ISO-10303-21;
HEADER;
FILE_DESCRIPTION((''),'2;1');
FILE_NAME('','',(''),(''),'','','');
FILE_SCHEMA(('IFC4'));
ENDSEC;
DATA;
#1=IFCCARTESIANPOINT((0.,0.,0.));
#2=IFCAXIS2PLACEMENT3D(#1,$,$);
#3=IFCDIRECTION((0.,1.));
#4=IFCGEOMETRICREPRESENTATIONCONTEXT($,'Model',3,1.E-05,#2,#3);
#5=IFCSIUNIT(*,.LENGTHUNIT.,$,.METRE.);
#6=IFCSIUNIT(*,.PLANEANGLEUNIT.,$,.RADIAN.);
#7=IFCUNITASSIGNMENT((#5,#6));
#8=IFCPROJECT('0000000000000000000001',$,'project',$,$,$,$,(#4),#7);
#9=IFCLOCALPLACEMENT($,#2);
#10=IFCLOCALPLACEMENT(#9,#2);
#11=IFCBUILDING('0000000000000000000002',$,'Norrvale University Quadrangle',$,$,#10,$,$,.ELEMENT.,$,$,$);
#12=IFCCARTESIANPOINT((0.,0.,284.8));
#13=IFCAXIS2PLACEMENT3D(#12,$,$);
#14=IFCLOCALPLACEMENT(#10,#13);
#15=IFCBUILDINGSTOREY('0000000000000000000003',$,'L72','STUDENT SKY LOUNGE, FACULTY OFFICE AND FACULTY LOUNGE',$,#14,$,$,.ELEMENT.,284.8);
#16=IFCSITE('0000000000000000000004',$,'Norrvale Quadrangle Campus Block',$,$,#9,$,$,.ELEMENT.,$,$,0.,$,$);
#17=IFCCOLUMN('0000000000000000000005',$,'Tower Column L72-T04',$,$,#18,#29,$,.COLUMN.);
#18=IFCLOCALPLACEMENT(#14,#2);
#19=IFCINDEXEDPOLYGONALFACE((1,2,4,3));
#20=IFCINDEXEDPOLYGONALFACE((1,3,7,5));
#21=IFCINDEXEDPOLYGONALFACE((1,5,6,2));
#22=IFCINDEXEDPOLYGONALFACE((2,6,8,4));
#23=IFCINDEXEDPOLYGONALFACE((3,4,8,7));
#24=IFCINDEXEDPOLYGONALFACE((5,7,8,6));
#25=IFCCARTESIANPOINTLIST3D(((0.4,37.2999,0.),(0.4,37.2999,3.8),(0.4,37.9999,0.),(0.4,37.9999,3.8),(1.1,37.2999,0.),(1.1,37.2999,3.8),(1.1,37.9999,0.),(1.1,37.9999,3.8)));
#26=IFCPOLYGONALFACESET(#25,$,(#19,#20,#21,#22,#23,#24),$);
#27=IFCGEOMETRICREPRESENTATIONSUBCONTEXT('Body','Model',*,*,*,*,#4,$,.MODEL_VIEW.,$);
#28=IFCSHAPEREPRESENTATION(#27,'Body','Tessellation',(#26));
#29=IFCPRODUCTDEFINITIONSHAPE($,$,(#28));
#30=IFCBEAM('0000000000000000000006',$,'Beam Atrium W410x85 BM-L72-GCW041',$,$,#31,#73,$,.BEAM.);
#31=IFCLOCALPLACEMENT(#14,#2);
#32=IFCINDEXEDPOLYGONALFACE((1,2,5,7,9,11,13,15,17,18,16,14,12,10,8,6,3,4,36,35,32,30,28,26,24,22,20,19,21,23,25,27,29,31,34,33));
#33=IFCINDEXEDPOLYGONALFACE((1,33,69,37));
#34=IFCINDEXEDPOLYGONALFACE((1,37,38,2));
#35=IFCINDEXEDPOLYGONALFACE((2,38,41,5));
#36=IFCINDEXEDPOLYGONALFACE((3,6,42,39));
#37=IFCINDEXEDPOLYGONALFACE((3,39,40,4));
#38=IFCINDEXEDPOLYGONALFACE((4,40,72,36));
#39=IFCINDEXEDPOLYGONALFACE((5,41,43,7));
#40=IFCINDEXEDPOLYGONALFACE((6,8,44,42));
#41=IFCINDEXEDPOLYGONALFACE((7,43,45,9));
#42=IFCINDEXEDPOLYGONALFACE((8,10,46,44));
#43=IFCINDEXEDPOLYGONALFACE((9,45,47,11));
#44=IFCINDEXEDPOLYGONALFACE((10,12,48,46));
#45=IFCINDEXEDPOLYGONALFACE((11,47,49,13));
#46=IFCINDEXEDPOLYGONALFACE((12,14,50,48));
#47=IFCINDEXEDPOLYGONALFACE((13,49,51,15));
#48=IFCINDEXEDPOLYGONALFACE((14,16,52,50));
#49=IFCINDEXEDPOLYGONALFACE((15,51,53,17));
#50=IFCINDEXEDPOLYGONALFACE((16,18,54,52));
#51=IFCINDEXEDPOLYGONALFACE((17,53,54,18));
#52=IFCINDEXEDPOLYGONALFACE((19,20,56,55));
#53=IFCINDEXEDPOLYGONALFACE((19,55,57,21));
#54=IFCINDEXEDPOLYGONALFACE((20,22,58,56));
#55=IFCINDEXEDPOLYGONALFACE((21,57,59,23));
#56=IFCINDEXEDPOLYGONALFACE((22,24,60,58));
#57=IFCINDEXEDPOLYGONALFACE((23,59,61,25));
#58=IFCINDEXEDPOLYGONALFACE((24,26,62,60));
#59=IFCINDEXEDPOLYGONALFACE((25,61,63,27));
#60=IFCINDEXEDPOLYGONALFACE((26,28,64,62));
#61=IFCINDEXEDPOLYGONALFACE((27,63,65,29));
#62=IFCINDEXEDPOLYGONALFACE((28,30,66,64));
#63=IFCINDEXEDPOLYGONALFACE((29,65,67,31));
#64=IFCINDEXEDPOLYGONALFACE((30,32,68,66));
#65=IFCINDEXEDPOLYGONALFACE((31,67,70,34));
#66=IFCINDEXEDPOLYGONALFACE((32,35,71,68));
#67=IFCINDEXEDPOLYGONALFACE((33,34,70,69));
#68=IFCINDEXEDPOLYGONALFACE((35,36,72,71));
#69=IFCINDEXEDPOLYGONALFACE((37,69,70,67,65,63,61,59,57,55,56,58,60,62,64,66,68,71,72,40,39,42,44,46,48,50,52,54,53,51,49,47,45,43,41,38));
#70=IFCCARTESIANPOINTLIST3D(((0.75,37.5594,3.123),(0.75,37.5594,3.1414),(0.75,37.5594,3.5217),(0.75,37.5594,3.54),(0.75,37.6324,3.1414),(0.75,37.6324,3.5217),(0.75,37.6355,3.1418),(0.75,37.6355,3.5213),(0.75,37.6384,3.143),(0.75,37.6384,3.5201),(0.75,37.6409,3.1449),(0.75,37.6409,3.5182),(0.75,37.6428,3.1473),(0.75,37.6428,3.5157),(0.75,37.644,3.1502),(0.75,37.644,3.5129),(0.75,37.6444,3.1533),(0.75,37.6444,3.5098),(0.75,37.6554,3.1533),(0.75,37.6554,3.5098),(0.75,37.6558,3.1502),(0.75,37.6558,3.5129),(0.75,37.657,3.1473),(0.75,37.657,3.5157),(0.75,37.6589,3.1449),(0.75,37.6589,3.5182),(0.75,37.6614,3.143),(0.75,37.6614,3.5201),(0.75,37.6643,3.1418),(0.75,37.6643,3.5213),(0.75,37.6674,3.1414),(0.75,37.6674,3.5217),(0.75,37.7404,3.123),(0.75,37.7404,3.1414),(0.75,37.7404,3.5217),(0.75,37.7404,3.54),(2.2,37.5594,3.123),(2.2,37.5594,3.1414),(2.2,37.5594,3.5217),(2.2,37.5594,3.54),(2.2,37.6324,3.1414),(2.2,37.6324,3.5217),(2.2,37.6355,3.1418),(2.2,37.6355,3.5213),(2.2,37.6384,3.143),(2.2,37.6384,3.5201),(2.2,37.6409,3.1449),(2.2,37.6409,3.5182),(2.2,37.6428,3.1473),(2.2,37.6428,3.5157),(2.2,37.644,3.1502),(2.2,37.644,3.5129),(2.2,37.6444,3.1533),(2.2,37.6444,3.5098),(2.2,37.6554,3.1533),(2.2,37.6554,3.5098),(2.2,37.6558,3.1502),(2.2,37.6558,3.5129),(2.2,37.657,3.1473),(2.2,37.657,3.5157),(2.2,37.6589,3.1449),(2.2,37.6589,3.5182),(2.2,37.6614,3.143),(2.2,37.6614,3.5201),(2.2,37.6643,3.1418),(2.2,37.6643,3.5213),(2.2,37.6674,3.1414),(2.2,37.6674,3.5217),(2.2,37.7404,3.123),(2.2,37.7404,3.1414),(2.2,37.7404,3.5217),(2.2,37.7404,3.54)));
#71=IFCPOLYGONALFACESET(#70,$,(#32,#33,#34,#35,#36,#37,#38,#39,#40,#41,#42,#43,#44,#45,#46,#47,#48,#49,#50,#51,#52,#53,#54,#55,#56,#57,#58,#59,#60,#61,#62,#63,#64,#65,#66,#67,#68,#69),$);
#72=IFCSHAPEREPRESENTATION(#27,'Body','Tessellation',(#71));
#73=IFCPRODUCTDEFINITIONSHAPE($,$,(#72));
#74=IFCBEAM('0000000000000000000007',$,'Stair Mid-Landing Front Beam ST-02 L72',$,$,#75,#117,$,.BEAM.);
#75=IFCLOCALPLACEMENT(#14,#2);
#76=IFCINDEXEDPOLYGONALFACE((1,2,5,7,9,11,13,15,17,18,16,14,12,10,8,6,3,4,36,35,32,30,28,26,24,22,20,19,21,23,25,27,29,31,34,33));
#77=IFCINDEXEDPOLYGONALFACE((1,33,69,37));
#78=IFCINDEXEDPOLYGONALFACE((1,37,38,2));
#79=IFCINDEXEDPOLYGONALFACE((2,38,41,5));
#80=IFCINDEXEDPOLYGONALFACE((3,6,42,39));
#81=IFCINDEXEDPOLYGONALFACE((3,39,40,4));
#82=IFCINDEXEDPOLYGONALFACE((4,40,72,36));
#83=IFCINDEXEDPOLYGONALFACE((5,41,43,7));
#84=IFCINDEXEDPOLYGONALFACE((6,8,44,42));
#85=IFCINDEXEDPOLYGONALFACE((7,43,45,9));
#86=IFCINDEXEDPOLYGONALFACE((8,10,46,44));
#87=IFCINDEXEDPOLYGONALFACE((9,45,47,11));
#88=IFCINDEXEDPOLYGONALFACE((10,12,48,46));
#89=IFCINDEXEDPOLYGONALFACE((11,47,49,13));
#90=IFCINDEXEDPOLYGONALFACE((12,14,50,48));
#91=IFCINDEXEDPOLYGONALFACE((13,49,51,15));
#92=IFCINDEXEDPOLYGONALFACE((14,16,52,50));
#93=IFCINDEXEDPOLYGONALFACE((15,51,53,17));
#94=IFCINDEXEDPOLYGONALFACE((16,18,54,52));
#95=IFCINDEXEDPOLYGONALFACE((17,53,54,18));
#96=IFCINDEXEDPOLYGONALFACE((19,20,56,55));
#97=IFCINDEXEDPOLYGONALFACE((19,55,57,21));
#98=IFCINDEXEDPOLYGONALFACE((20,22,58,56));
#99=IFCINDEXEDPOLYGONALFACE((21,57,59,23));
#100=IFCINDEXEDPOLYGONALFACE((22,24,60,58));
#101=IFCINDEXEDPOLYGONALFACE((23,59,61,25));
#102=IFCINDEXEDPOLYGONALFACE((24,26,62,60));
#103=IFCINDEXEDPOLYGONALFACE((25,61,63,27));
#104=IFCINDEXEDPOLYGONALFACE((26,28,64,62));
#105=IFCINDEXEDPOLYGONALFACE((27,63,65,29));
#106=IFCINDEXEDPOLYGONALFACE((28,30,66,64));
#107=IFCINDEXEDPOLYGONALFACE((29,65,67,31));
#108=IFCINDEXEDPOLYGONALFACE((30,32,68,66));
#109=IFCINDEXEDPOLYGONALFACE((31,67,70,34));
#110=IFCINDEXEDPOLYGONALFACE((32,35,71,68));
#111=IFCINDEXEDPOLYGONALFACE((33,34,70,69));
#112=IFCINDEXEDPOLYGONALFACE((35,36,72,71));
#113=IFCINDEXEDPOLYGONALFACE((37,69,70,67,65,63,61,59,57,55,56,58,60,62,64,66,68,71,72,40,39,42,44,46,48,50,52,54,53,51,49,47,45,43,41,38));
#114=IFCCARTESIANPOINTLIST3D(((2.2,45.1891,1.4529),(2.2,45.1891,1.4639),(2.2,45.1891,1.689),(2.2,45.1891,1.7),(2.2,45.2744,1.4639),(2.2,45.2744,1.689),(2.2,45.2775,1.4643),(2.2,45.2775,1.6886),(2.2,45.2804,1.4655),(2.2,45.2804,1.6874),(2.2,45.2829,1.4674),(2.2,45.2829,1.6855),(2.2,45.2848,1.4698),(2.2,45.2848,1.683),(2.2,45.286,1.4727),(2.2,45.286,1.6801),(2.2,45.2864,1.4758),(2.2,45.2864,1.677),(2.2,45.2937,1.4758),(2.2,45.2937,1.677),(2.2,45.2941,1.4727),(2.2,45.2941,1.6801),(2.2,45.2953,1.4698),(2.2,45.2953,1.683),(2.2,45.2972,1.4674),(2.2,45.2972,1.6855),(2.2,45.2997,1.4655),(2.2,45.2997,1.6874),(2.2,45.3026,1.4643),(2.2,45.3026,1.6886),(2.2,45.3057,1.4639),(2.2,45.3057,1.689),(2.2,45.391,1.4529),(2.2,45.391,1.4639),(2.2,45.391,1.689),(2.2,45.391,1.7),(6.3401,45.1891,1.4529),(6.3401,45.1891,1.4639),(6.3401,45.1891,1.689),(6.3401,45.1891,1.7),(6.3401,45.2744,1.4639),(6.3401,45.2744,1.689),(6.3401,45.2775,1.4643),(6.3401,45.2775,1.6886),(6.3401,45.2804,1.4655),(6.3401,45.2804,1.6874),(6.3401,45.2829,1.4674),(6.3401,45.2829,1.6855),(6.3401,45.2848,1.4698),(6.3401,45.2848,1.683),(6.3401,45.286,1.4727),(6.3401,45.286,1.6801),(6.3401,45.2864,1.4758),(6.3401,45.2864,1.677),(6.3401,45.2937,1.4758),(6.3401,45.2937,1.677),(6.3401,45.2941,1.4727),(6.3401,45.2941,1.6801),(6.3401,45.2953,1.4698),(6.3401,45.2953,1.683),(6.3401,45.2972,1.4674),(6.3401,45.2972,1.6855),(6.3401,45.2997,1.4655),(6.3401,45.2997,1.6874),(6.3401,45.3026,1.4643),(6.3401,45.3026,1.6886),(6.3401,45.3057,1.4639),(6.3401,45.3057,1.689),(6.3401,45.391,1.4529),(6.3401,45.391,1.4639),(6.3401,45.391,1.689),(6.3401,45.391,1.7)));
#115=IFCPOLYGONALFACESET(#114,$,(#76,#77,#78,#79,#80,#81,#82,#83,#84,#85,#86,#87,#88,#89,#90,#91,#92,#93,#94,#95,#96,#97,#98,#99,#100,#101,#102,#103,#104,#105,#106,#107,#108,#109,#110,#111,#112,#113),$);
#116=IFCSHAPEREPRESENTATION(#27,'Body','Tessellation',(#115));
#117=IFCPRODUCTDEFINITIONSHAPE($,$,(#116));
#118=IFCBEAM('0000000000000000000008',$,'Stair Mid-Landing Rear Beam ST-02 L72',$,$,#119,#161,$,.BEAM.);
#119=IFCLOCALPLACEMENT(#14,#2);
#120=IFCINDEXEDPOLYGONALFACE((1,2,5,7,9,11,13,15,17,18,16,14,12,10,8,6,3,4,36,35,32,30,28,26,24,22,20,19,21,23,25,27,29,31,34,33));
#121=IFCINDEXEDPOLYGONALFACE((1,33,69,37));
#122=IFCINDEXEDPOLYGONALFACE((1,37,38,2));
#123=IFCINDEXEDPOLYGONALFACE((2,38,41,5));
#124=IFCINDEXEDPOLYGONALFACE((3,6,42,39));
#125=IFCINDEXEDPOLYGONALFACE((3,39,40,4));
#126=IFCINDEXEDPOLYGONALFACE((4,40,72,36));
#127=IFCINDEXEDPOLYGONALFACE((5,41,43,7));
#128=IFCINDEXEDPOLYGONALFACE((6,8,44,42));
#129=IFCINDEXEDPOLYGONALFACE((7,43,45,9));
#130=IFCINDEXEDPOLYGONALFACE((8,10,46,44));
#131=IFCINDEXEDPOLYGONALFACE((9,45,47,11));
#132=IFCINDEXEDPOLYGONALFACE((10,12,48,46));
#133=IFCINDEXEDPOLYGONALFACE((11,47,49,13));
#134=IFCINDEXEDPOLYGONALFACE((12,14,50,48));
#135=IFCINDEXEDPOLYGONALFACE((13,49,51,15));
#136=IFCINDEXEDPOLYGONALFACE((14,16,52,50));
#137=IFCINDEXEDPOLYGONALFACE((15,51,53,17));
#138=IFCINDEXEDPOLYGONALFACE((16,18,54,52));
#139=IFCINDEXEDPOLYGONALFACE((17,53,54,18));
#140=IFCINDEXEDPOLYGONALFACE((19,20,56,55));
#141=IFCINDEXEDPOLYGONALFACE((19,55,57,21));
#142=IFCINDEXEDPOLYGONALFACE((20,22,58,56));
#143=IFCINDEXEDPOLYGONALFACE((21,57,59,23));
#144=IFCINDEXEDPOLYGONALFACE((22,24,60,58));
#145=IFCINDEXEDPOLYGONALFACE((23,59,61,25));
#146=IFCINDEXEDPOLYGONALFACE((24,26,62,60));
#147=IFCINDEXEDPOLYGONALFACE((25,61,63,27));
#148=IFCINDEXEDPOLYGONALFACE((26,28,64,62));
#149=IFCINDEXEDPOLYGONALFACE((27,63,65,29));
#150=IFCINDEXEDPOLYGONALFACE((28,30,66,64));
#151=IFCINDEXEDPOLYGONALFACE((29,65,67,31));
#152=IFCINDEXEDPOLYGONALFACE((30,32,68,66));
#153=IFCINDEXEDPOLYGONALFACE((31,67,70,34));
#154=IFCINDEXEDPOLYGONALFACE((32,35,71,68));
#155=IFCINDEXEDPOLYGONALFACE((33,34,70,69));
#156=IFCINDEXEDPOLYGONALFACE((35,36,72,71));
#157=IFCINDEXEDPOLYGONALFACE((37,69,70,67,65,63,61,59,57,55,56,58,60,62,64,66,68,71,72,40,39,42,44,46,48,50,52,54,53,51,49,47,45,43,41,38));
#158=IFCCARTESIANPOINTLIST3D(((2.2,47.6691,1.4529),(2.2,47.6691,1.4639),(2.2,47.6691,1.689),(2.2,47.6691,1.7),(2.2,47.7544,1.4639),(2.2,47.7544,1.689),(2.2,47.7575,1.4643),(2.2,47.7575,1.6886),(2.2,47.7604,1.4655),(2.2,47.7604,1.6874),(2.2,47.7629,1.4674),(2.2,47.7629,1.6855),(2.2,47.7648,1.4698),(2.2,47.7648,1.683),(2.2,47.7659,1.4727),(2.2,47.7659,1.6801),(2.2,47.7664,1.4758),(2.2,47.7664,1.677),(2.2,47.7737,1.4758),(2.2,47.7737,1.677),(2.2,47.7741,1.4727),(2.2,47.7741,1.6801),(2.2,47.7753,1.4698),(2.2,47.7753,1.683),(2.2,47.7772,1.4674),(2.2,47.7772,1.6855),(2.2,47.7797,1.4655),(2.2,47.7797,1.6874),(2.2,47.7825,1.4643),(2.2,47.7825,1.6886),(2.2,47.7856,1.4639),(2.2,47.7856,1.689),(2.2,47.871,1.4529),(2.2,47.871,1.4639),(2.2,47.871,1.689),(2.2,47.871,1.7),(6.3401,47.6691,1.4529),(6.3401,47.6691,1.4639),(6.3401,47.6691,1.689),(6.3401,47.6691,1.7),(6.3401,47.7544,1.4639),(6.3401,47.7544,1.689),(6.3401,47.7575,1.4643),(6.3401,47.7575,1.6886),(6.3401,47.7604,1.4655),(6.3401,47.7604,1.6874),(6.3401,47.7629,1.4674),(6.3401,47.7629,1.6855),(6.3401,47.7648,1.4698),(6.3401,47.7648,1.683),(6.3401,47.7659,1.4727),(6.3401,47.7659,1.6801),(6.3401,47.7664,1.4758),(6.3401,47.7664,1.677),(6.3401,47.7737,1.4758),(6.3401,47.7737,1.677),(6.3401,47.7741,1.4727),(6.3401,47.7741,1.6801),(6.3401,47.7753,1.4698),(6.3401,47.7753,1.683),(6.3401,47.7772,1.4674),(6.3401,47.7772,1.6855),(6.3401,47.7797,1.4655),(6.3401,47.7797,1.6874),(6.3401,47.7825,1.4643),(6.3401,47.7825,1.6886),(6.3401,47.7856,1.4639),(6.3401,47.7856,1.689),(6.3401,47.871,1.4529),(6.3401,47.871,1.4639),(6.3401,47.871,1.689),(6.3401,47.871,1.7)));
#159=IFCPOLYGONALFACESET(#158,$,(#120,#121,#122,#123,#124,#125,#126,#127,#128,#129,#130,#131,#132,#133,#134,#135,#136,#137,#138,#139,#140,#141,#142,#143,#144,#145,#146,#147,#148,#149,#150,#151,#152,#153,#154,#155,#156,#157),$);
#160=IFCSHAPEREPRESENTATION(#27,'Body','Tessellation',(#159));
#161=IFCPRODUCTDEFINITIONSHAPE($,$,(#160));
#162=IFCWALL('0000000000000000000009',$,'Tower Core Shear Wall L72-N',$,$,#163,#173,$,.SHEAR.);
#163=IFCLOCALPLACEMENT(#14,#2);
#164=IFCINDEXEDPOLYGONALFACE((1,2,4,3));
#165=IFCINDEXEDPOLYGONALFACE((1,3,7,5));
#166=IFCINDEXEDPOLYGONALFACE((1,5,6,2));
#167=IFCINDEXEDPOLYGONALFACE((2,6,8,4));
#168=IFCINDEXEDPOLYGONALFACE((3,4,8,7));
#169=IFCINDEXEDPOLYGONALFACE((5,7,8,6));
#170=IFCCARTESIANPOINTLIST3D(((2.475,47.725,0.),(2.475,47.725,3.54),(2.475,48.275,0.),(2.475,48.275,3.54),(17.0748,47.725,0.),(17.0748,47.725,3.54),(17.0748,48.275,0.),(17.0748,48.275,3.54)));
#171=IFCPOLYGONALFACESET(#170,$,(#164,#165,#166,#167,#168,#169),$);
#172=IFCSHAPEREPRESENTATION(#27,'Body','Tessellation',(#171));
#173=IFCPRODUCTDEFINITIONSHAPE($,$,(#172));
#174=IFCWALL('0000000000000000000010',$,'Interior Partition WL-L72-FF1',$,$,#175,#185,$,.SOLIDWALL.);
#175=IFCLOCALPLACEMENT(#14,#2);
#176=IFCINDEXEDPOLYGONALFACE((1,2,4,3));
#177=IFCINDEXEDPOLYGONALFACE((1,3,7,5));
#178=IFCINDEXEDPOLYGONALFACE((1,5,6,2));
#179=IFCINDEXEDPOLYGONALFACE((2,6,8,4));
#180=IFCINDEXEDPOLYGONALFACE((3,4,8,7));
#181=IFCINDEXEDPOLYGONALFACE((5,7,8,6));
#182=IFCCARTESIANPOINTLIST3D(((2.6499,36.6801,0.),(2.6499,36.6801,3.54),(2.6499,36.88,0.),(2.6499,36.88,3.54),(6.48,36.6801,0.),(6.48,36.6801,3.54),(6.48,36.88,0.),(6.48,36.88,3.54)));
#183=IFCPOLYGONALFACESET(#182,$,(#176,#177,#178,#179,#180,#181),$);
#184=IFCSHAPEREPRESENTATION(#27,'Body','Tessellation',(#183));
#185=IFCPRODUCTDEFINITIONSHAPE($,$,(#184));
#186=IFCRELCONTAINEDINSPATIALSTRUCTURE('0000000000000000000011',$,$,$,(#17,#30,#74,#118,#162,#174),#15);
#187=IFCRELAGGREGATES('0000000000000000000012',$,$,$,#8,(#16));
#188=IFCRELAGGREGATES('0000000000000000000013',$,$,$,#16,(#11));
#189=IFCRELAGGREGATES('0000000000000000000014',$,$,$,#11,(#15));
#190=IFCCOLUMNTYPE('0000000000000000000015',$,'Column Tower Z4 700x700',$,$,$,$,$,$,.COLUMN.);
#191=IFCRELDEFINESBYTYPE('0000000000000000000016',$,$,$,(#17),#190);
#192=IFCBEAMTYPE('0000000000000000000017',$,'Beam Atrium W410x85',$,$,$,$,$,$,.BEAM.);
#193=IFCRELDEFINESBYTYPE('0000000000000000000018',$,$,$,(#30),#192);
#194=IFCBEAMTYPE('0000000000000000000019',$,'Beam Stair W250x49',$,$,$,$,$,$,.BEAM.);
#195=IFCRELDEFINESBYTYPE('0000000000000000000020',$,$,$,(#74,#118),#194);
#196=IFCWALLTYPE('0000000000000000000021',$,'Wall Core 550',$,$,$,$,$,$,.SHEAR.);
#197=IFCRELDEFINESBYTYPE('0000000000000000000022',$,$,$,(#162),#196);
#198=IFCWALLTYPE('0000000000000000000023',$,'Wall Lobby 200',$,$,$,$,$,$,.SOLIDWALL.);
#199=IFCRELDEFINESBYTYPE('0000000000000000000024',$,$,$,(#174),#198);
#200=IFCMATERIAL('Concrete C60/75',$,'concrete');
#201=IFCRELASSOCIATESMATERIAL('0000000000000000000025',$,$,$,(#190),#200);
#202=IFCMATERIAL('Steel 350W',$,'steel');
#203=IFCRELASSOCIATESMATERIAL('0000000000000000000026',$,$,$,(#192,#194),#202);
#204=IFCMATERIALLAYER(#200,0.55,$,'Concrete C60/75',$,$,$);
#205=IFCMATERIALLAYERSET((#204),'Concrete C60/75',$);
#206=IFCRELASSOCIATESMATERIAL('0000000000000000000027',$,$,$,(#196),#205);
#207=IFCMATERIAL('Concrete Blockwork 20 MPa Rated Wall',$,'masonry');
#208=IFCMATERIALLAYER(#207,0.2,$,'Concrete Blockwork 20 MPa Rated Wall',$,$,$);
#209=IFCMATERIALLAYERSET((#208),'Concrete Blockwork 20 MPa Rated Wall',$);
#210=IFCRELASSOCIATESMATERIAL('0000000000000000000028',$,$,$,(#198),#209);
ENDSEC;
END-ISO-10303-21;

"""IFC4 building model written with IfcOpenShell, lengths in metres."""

from ifc_helpers import new_model, si_unit, direction, frame, frame_2d, origin, origin_2d, place, context, subcontext, project, spatial, rectangle, i_section, extrude, material, layer, layer_set, material_profile, profile_set, type_object, element, save


model = new_model("IFC4")

# Units and contexts
model_context = context("Model", 3, precision=1e-05, world=origin(), true_north=direction((0.0, 1.0)))
body_context = subcontext(model_context, "Body", "Model", "MODEL_VIEW")
ifc_project = project(units=[si_unit("LENGTHUNIT", "METRE"), si_unit("PLANEANGLEUNIT", "RADIAN")], contexts=[model_context])

# Site, building, storey
site_placement = place(None, origin())
site = spatial("IfcSite", under=ifc_project, at=site_placement, Name="Norrvale Quadrangle Campus Block", CompositionType="ELEMENT", RefElevation=0.0)
building_placement = place(site_placement, origin())
building = spatial("IfcBuilding", under=site, at=building_placement, Name="Norrvale University Quadrangle", CompositionType="ELEMENT")
storey_placement = place(building_placement, frame((0.0, 0.0, 284.8)))
storey = spatial("IfcBuildingStorey", under=building, at=storey_placement, Name="L72", Description="STUDENT SKY LOUNGE, FACULTY OFFICE AND FACULTY LOUNGE", CompositionType="ELEMENT", Elevation=284.8)

# Column
ifc_material_1 = material(Name="Concrete C60/75", Category="concrete")
ifc_material_profile_1 = material_profile(ifc_material_1, rectangle(XDim=0.7, YDim=0.7, at=origin_2d()), Name="Concrete C60/75")
ifc_profile_set_1 = profile_set([ifc_material_profile_1], Name="Concrete C60/75")
column_type = type_object("IfcColumnType", Name="Column Tower Z4 700x700", PredefinedType="COLUMN", material=ifc_profile_set_1)
column_placement = place(storey_placement, frame((0.75, 37.6499, 0.0), z_axis=(0.0, 0.0, 1.0), x_axis=(1.0, 0.0, 0.0)))
element("IfcColumn", 1, at=column_placement, inside=storey, type_object=column_type, Name="Tower Column L72-T04", PredefinedType="COLUMN", context=body_context, shape_type="SweptSolid", body=[
    extrude(rectangle(XDim=0.7, YDim=0.7, at=origin_2d()), origin(), (0.0, 0.0, 1.0), 3.8),
])

# Beams
ifc_material_2 = material(Name="Steel 350W", Category="steel")
ifc_material_profile_2 = material_profile(ifc_material_2, i_section(OverallWidth=0.1809, OverallDepth=0.417, WebThickness=0.011, FlangeThickness=0.0183, FilletRadius=0.012, at=origin_2d()), Name="Steel 350W")
ifc_profile_set_2 = profile_set([ifc_material_profile_2], Name="Steel 350W")
beam_type_1 = type_object("IfcBeamType", Name="Beam Atrium W410x85", PredefinedType="BEAM", material=ifc_profile_set_2)
beam_placement = place(storey_placement, frame((0.75, 37.6499, 3.3315), z_axis=(1.0, 0.0, 0.0), x_axis=(0.0, 1.0, 0.0)))
element("IfcBeam", 2, at=beam_placement, inside=storey, type_object=beam_type_1, Name="Beam Atrium W410x85 BM-L72-GCW041", PredefinedType="BEAM", context=body_context, shape_type="SweptSolid", body=[
    extrude(i_section(OverallWidth=0.1809, OverallDepth=0.417, WebThickness=0.011, FlangeThickness=0.0183, FilletRadius=0.012, at=origin_2d()), origin(), (0.0, 0.0, 1.0), 1.45),
])
ifc_material_profile_3 = material_profile(ifc_material_2, i_section(OverallWidth=0.2019, OverallDepth=0.2471, WebThickness=0.0073, FlangeThickness=0.011, FilletRadius=0.012, at=origin_2d()), Name="Steel 350W")
ifc_profile_set_3 = profile_set([ifc_material_profile_3], Name="Steel 350W")
beam_type_2 = type_object("IfcBeamType", Name="Beam Stair W250x49", PredefinedType="BEAM", material=ifc_profile_set_3)
for number, where, z_axis, x_axis, name in (
    (3, (2.2, 45.29, 1.5764), (1.0, 0.0, 0.0), (0.0, 1.0, 0.0), "Stair Mid-Landing Front Beam ST-02 L72"),
    (4, (2.2, 47.77, 1.5764), (1.0, 0.0, 0.0), (0.0, 1.0, 0.0), "Stair Mid-Landing Rear Beam ST-02 L72"),
):
    element("IfcBeam", number, at=place(storey_placement, frame(where, z_axis=z_axis, x_axis=x_axis)), inside=storey, type_object=beam_type_2, Name=name, PredefinedType="BEAM", context=body_context, shape_type="SweptSolid", body=[
        extrude(i_section(OverallWidth=0.2019, OverallDepth=0.2471, WebThickness=0.0073, FlangeThickness=0.011, FilletRadius=0.012, at=origin_2d()), origin(), (0.0, 0.0, 1.0), 4.1401),
    ])

# Walls
ifc_layer_1 = layer(ifc_material_1, 0.55, Name="Concrete C60/75")
ifc_layer_set_1 = layer_set([ifc_layer_1], Name="Concrete C60/75")
wall_type_1 = type_object("IfcWallType", Name="Wall Core 550", PredefinedType="SHEAR", material=ifc_layer_set_1)
wall_1_placement = place(storey_placement, frame((2.4751, 48.0, 0.0), z_axis=(0.0, 0.0, 1.0), x_axis=(1.0, 0.0, 0.0)))
element("IfcWall", 5, at=wall_1_placement, inside=storey, type_object=wall_type_1, Name="Tower Core Shear Wall L72-N", PredefinedType="SHEAR", context=body_context, shape_type="SweptSolid", body=[
    extrude(rectangle(XDim=14.5999, YDim=0.55, at=frame_2d((7.2998, 0.0))), origin(), (0.0, 0.0, 1.0), 3.54),
])
ifc_material_3 = material(Name="Concrete Blockwork 20 MPa Rated Wall", Category="masonry")
ifc_layer_2 = layer(ifc_material_3, 0.2, Name="Concrete Blockwork 20 MPa Rated Wall")
ifc_layer_set_2 = layer_set([ifc_layer_2], Name="Concrete Blockwork 20 MPa Rated Wall")
wall_type_2 = type_object("IfcWallType", Name="Wall Lobby 200", PredefinedType="SOLIDWALL", material=ifc_layer_set_2)
wall_2_placement = place(storey_placement, frame((2.6499, 36.78, 0.0), z_axis=(0.0, 0.0, 1.0), x_axis=(1.0, 0.0, 0.0)))
element("IfcWall", 6, at=wall_2_placement, inside=storey, type_object=wall_type_2, Name="Interior Partition WL-L72-FF1", PredefinedType="SOLIDWALL", context=body_context, shape_type="SweptSolid", body=[
    extrude(rectangle(XDim=3.8301, YDim=0.2, at=frame_2d((1.915, 0.0))), origin(), (0.0, 0.0, 1.0), 3.54),
])

save(model, "model.ifc")
